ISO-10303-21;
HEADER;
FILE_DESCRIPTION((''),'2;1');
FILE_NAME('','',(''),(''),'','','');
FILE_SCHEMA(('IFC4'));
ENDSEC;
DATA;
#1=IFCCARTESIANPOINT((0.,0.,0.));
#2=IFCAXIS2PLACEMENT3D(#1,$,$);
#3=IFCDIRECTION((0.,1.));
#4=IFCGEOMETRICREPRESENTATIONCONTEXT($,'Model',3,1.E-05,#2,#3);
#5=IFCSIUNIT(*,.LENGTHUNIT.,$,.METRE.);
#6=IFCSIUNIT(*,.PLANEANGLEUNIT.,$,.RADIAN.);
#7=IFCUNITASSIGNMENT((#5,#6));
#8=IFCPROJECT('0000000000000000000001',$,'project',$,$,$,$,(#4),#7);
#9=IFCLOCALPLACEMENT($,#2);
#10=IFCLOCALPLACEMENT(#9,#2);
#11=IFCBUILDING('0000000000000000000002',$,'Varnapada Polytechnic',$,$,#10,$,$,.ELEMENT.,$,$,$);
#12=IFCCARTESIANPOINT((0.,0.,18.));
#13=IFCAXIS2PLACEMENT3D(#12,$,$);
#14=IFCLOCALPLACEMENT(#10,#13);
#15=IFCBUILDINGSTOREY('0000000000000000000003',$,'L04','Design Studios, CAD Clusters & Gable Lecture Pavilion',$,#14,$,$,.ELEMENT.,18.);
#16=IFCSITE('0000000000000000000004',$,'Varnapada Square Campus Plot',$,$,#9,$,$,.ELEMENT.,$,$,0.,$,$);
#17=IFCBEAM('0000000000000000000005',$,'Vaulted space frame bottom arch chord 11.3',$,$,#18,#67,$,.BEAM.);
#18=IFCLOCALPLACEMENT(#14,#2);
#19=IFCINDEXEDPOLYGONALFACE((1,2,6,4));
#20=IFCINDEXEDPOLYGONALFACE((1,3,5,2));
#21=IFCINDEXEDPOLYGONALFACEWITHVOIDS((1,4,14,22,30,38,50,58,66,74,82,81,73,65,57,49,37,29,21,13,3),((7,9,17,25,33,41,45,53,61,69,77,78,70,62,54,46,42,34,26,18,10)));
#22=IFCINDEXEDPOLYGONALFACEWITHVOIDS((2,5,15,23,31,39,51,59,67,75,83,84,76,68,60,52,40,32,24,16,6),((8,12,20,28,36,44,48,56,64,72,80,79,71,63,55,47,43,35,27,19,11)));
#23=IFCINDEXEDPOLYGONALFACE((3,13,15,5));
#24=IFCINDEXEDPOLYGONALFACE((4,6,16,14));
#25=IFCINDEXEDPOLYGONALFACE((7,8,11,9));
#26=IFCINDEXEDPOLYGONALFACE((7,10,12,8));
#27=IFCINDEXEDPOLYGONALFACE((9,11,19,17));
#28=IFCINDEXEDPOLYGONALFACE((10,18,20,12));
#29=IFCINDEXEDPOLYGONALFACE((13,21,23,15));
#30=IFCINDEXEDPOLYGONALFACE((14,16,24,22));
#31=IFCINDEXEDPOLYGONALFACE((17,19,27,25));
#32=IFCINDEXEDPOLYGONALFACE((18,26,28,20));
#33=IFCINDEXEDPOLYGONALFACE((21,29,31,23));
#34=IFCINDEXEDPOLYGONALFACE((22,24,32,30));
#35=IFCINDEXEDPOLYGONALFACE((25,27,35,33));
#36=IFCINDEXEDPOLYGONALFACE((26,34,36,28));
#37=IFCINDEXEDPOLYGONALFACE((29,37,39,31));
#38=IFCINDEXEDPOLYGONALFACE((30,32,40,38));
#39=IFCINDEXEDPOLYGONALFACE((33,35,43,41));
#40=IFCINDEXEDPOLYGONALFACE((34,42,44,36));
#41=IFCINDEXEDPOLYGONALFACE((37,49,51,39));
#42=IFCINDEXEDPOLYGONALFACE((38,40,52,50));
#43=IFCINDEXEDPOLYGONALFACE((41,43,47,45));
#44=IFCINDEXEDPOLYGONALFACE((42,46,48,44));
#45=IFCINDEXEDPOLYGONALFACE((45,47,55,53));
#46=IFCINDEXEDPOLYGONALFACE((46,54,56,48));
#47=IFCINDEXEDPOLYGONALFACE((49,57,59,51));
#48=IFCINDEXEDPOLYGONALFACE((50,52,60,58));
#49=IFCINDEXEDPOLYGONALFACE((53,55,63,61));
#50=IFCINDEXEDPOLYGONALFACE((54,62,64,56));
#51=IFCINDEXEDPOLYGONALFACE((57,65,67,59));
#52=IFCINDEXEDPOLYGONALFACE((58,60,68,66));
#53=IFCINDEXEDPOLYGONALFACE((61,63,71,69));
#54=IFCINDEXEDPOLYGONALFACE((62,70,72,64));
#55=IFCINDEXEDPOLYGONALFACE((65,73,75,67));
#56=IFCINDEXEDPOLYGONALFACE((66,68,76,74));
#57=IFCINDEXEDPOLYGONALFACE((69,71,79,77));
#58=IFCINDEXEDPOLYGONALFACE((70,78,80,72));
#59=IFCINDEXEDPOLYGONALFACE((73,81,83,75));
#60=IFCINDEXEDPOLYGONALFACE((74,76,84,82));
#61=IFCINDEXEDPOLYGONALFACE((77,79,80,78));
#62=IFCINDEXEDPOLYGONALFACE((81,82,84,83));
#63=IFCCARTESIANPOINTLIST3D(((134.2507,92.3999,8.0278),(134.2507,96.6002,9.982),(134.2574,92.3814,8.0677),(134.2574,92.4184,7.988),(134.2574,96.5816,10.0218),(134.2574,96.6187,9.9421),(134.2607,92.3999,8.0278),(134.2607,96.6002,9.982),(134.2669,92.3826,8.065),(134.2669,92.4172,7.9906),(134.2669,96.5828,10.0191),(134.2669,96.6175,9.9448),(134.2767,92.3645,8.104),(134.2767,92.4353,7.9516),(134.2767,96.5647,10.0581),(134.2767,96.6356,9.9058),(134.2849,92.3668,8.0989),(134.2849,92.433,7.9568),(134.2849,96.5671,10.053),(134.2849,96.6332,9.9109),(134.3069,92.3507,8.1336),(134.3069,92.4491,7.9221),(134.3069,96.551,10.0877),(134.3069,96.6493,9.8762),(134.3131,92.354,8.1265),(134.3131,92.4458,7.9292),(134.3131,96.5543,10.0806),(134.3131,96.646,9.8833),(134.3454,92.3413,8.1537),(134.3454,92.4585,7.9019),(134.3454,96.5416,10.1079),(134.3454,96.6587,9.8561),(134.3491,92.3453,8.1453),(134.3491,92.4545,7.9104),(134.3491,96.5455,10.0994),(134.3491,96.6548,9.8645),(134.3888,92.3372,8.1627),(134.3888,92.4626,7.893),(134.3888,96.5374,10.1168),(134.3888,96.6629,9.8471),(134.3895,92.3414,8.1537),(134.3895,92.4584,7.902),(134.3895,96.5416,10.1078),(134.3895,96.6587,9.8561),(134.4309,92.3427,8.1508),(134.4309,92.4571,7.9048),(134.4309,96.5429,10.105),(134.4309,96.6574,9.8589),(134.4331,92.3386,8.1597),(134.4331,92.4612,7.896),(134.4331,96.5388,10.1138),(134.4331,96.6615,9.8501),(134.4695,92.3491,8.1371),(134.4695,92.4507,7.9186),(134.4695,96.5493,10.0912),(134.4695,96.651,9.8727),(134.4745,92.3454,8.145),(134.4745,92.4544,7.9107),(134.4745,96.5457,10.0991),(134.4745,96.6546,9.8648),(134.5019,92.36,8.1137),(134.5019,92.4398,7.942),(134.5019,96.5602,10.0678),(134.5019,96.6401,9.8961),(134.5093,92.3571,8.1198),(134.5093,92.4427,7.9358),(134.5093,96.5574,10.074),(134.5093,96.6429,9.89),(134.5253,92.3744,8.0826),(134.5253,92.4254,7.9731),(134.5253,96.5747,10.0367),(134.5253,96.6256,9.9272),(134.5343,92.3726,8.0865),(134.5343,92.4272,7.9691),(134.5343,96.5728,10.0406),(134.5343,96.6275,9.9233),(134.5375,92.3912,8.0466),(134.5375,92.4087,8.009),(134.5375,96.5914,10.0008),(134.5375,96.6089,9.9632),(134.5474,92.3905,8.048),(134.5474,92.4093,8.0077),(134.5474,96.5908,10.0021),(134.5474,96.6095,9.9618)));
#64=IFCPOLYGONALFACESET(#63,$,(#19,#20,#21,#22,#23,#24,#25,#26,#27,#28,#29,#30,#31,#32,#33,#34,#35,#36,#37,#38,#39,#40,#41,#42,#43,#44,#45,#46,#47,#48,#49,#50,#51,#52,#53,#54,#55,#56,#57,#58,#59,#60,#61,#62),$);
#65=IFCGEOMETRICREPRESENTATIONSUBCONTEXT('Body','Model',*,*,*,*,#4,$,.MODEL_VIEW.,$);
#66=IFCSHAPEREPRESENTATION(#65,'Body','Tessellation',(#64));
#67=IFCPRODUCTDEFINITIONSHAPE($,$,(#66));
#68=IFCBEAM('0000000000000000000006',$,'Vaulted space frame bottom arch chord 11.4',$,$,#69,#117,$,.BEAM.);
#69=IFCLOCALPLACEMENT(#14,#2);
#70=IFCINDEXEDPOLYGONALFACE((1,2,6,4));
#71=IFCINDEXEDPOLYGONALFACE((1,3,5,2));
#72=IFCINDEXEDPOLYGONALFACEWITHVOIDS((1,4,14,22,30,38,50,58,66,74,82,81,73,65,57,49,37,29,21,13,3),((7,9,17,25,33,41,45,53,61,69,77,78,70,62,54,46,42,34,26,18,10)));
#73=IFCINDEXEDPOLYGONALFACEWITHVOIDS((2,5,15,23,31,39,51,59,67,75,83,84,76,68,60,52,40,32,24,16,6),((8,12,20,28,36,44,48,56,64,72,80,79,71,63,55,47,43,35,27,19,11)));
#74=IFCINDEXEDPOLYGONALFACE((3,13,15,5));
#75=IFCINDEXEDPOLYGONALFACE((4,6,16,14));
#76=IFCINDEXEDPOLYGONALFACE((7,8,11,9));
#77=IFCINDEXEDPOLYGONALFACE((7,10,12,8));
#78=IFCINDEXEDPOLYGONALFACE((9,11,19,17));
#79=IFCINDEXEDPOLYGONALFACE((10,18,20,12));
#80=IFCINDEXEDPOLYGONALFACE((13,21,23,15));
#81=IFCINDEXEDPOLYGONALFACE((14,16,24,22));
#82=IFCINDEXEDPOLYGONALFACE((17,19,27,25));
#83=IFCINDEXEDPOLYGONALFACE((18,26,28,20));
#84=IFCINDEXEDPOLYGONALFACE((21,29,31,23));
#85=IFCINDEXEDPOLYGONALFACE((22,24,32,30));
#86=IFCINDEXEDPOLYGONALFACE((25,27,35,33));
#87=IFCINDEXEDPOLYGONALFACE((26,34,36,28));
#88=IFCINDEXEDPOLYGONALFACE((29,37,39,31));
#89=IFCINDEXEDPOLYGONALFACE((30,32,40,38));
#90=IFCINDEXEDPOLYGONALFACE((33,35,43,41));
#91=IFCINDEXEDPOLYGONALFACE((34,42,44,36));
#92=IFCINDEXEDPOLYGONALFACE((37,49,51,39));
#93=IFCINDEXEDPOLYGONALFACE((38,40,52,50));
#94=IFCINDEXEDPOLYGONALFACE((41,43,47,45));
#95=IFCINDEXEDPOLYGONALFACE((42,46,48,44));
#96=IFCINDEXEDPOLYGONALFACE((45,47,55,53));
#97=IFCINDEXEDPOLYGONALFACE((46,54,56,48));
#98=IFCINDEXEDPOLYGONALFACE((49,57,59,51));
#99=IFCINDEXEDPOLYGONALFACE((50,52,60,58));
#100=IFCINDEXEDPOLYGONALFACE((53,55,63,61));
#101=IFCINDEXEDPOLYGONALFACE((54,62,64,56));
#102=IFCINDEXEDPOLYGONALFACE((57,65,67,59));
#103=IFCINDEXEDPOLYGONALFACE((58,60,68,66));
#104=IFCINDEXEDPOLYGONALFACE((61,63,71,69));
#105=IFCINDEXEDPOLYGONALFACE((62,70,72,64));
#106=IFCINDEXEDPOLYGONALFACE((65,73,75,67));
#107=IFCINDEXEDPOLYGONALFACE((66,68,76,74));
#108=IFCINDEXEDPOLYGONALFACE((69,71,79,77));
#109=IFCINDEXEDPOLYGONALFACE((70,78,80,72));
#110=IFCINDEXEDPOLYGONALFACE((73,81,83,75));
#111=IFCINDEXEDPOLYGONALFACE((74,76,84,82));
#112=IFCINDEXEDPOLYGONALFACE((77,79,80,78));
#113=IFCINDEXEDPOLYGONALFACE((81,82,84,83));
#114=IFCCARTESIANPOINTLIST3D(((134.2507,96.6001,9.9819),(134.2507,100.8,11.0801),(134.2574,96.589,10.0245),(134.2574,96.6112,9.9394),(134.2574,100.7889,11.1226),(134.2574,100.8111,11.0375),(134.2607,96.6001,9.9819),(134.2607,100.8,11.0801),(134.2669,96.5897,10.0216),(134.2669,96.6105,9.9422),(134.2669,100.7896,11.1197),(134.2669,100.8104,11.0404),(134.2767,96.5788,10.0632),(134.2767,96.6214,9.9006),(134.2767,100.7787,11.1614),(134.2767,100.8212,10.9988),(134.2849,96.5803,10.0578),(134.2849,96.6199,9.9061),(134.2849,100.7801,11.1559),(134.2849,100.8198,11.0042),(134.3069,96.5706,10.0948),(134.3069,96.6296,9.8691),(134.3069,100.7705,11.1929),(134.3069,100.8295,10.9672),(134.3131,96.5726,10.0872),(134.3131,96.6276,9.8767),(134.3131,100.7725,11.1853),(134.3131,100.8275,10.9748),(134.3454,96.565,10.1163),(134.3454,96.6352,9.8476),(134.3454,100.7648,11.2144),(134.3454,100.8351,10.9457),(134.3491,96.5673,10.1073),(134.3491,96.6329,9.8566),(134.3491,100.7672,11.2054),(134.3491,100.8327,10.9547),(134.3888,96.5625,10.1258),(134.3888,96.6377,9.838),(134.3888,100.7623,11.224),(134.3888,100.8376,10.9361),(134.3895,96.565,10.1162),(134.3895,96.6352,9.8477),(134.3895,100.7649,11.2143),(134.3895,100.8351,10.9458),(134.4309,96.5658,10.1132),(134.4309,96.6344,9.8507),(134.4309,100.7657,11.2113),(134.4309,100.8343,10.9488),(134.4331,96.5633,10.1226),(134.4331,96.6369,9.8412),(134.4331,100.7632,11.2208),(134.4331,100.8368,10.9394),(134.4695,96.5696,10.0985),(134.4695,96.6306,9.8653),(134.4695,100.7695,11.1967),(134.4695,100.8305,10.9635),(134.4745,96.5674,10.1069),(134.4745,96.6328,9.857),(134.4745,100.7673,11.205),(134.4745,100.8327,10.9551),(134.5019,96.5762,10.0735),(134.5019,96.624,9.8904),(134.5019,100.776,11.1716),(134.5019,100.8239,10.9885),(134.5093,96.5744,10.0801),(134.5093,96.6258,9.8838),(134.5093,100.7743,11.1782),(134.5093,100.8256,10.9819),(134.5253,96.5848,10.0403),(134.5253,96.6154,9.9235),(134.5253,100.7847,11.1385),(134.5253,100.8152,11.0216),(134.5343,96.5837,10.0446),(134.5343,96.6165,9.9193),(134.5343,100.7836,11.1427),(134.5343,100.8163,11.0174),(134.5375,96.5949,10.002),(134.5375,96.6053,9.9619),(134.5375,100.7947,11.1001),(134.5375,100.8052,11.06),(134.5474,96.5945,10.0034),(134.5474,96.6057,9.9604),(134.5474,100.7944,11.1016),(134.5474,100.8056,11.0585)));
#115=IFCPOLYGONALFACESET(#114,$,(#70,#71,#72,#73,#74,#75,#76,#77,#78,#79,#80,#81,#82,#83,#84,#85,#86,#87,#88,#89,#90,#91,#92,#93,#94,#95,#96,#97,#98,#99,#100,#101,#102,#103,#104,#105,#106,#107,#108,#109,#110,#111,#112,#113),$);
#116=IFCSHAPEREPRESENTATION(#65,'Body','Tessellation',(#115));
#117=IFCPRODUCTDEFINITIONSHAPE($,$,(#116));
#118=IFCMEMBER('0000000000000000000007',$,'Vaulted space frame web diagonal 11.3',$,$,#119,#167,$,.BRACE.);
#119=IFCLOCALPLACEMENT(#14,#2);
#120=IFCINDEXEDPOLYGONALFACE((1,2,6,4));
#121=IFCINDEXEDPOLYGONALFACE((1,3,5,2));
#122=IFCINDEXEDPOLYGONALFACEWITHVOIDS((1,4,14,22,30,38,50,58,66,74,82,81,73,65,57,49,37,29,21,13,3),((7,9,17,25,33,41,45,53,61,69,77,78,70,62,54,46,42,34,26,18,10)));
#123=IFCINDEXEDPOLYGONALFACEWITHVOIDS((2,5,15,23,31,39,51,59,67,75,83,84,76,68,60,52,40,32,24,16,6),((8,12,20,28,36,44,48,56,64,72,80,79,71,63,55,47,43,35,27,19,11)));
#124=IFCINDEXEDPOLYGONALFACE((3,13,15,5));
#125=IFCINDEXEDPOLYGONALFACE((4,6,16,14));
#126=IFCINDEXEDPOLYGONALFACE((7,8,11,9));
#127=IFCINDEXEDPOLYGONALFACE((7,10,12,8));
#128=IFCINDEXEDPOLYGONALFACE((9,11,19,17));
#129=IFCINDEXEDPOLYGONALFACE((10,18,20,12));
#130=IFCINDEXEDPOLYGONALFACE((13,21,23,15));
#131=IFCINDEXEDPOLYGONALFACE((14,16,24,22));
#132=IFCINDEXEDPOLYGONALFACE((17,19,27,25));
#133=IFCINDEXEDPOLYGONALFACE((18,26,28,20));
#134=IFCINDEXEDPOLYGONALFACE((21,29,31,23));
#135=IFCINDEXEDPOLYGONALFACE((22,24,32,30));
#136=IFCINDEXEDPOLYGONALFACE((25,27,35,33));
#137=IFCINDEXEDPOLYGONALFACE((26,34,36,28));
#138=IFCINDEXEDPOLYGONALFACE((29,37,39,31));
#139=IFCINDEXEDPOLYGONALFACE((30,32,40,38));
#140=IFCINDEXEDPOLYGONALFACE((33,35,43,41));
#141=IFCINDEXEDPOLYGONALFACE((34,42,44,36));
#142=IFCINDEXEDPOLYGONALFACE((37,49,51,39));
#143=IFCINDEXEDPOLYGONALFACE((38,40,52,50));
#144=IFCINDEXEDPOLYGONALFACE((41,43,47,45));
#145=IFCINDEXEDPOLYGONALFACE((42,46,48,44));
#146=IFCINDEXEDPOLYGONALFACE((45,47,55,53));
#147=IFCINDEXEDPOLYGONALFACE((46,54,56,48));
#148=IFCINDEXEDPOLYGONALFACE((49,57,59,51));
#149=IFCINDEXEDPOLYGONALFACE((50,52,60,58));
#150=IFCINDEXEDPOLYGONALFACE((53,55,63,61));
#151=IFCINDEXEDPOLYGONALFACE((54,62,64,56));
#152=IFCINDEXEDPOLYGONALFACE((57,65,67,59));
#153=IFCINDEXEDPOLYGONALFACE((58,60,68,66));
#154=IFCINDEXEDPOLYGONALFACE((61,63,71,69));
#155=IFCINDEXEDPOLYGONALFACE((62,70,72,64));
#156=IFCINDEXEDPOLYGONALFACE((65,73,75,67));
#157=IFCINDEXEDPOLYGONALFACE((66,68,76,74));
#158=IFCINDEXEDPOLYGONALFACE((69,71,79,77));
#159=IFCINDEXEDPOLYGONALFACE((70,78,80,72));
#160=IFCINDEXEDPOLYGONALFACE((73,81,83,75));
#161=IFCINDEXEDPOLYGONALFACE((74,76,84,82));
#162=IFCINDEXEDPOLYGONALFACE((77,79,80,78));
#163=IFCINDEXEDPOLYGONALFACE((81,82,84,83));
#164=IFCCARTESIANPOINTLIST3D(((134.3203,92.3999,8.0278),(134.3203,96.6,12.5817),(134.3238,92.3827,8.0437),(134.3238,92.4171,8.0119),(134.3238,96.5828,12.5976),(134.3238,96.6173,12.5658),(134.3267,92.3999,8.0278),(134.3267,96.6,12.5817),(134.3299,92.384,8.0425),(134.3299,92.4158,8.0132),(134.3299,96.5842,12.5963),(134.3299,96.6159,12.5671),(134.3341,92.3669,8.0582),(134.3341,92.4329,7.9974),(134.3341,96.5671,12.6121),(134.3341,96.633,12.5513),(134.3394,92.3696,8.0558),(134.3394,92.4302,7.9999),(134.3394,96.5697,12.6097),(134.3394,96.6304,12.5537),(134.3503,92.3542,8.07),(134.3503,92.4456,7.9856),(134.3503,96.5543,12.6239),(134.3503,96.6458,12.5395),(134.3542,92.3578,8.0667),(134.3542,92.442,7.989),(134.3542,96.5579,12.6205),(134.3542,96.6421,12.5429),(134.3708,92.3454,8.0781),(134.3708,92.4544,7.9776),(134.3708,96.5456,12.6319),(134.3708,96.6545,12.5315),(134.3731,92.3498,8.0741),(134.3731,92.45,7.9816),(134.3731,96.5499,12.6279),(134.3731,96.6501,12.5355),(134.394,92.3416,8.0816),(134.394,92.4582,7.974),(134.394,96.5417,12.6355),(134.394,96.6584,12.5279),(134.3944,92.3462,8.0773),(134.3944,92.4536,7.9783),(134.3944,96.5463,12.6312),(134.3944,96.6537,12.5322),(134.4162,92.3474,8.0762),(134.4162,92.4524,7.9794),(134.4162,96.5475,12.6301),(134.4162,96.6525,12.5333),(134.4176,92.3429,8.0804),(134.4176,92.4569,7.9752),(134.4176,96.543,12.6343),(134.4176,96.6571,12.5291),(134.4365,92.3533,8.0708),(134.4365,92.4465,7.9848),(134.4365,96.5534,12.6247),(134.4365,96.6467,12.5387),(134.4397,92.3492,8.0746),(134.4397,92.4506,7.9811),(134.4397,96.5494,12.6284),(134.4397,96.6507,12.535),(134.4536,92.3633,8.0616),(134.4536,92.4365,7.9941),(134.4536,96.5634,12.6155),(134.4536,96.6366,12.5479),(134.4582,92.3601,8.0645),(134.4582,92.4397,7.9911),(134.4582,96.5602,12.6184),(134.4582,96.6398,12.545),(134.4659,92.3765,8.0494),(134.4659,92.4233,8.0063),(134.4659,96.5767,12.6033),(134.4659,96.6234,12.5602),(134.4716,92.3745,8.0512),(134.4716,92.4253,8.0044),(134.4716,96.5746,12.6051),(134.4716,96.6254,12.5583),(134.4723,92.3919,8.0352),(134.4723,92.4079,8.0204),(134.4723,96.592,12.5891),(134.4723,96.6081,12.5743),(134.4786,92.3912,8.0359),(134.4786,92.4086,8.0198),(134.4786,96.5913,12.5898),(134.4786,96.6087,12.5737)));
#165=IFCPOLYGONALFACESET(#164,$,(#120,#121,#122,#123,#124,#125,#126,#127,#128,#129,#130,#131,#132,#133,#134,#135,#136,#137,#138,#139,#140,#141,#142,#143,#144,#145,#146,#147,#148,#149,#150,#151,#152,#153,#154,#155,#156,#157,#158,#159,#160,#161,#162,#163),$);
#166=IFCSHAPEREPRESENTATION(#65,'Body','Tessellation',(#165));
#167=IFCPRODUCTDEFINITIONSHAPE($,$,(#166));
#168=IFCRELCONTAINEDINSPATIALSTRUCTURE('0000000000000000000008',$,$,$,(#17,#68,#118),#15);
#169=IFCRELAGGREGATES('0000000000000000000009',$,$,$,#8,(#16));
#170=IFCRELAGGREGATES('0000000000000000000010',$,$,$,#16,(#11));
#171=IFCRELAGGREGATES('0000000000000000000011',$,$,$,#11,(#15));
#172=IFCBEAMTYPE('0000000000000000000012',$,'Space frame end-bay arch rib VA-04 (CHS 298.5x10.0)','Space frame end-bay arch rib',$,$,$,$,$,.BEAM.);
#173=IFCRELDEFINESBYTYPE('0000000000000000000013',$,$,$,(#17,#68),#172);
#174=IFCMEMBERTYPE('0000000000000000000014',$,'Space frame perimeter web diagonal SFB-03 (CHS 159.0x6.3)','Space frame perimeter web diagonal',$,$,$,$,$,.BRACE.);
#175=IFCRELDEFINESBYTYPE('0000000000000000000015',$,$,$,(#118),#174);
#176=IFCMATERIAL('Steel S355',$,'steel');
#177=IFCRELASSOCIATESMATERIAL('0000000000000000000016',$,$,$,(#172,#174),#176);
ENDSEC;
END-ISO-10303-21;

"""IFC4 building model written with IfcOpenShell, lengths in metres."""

from ifc_helpers import new_model, si_unit, direction, frame, origin, origin_2d, place, context, subcontext, project, spatial, hollow_circle, extrude, material, material_profile, profile_set, type_object, element, save


model = new_model("IFC4")

# Units and contexts
model_context = context("Model", 3, precision=1e-05, world=origin(), true_north=direction((0.0, 1.0)))
body_context = subcontext(model_context, "Body", "Model", "MODEL_VIEW")
ifc_project = project(units=[si_unit("LENGTHUNIT", "METRE"), si_unit("PLANEANGLEUNIT", "RADIAN")], contexts=[model_context])

# Site, building, storey
site_placement = place(None, origin())
site = spatial("IfcSite", under=ifc_project, at=site_placement, Name="Varnapada Square Campus Plot", CompositionType="ELEMENT", RefElevation=0.0)
building_placement = place(site_placement, origin())
building = spatial("IfcBuilding", under=site, at=building_placement, Name="Varnapada Polytechnic", CompositionType="ELEMENT")
storey_placement = place(building_placement, frame((0.0, 0.0, 18.0)))
storey = spatial("IfcBuildingStorey", under=building, at=storey_placement, Name="L04", Description="Design Studios, CAD Clusters & Gable Lecture Pavilion", CompositionType="ELEMENT", Elevation=18.0)

# Beams
ifc_material_1 = material(Name="Steel S355", Category="steel")
ifc_material_profile_1 = material_profile(ifc_material_1, hollow_circle(Radius=0.1492, WallThickness=0.01, at=origin_2d()), Name="CHS 298.5x10.0")
ifc_profile_set_1 = profile_set([ifc_material_profile_1], Name="Steel S355")
beam_type_1 = type_object("IfcBeamType", Name="Space frame end-bay arch rib VA-04 (CHS 298.5x10.0)", Description="Space frame end-bay arch rib", PredefinedType="BEAM", material=ifc_profile_set_1)
beam_1_placement = place(storey_placement, frame((134.3999, 92.3999, 8.0278), z_axis=(0.0, 0.906678, 0.421823), x_axis=(-1.0, 0.0, 0.0)))
element("IfcBeam", 1, at=beam_1_placement, inside=storey, type_object=beam_type_1, Name="Vaulted space frame bottom arch chord 11.3", PredefinedType="BEAM", context=body_context, shape_type="SweptSolid", body=[
    extrude(hollow_circle(Radius=0.1492, WallThickness=0.01, at=origin_2d()), origin(), (0.0, 0.0, 1.0), 4.6326),
])
beam_2_placement = place(storey_placement, frame((134.3999, 96.6001, 9.9819), z_axis=(0.0, 0.967476, 0.252962), x_axis=(-1.0, 0.0, 0.0)))
element("IfcBeam", 2, at=beam_2_placement, inside=storey, type_object=beam_type_1, Name="Vaulted space frame bottom arch chord 11.4", PredefinedType="BEAM", context=body_context, shape_type="SweptSolid", body=[
    extrude(hollow_circle(Radius=0.1492, WallThickness=0.01, at=origin_2d()), origin(), (0.0, 0.0, 1.0), 4.3411),
])

# Member
ifc_material_profile_2 = material_profile(ifc_material_1, hollow_circle(Radius=0.0796, WallThickness=0.0063, at=origin_2d()), Name="CHS 159.0x6.3")
ifc_profile_set_2 = profile_set([ifc_material_profile_2], Name="Steel S355")
member_type_1 = type_object("IfcMemberType", Name="Space frame perimeter web diagonal SFB-03 (CHS 159.0x6.3)", Description="Space frame perimeter web diagonal", PredefinedType="BRACE", material=ifc_profile_set_2)
member_1_placement = place(storey_placement, frame((134.3999, 92.3999, 8.0278), z_axis=(0.0, 0.677979, 0.735081), x_axis=(-1.0, 0.0, 0.0)))
element("IfcMember", 3, at=member_1_placement, inside=storey, type_object=member_type_1, Name="Vaulted space frame web diagonal 11.3", PredefinedType="BRACE", context=body_context, shape_type="SweptSolid", body=[
    extrude(hollow_circle(Radius=0.0796, WallThickness=0.0063, at=origin_2d()), origin(), (0.0, 0.0, 1.0), 6.1951),
])

save(model, "model.ifc")
